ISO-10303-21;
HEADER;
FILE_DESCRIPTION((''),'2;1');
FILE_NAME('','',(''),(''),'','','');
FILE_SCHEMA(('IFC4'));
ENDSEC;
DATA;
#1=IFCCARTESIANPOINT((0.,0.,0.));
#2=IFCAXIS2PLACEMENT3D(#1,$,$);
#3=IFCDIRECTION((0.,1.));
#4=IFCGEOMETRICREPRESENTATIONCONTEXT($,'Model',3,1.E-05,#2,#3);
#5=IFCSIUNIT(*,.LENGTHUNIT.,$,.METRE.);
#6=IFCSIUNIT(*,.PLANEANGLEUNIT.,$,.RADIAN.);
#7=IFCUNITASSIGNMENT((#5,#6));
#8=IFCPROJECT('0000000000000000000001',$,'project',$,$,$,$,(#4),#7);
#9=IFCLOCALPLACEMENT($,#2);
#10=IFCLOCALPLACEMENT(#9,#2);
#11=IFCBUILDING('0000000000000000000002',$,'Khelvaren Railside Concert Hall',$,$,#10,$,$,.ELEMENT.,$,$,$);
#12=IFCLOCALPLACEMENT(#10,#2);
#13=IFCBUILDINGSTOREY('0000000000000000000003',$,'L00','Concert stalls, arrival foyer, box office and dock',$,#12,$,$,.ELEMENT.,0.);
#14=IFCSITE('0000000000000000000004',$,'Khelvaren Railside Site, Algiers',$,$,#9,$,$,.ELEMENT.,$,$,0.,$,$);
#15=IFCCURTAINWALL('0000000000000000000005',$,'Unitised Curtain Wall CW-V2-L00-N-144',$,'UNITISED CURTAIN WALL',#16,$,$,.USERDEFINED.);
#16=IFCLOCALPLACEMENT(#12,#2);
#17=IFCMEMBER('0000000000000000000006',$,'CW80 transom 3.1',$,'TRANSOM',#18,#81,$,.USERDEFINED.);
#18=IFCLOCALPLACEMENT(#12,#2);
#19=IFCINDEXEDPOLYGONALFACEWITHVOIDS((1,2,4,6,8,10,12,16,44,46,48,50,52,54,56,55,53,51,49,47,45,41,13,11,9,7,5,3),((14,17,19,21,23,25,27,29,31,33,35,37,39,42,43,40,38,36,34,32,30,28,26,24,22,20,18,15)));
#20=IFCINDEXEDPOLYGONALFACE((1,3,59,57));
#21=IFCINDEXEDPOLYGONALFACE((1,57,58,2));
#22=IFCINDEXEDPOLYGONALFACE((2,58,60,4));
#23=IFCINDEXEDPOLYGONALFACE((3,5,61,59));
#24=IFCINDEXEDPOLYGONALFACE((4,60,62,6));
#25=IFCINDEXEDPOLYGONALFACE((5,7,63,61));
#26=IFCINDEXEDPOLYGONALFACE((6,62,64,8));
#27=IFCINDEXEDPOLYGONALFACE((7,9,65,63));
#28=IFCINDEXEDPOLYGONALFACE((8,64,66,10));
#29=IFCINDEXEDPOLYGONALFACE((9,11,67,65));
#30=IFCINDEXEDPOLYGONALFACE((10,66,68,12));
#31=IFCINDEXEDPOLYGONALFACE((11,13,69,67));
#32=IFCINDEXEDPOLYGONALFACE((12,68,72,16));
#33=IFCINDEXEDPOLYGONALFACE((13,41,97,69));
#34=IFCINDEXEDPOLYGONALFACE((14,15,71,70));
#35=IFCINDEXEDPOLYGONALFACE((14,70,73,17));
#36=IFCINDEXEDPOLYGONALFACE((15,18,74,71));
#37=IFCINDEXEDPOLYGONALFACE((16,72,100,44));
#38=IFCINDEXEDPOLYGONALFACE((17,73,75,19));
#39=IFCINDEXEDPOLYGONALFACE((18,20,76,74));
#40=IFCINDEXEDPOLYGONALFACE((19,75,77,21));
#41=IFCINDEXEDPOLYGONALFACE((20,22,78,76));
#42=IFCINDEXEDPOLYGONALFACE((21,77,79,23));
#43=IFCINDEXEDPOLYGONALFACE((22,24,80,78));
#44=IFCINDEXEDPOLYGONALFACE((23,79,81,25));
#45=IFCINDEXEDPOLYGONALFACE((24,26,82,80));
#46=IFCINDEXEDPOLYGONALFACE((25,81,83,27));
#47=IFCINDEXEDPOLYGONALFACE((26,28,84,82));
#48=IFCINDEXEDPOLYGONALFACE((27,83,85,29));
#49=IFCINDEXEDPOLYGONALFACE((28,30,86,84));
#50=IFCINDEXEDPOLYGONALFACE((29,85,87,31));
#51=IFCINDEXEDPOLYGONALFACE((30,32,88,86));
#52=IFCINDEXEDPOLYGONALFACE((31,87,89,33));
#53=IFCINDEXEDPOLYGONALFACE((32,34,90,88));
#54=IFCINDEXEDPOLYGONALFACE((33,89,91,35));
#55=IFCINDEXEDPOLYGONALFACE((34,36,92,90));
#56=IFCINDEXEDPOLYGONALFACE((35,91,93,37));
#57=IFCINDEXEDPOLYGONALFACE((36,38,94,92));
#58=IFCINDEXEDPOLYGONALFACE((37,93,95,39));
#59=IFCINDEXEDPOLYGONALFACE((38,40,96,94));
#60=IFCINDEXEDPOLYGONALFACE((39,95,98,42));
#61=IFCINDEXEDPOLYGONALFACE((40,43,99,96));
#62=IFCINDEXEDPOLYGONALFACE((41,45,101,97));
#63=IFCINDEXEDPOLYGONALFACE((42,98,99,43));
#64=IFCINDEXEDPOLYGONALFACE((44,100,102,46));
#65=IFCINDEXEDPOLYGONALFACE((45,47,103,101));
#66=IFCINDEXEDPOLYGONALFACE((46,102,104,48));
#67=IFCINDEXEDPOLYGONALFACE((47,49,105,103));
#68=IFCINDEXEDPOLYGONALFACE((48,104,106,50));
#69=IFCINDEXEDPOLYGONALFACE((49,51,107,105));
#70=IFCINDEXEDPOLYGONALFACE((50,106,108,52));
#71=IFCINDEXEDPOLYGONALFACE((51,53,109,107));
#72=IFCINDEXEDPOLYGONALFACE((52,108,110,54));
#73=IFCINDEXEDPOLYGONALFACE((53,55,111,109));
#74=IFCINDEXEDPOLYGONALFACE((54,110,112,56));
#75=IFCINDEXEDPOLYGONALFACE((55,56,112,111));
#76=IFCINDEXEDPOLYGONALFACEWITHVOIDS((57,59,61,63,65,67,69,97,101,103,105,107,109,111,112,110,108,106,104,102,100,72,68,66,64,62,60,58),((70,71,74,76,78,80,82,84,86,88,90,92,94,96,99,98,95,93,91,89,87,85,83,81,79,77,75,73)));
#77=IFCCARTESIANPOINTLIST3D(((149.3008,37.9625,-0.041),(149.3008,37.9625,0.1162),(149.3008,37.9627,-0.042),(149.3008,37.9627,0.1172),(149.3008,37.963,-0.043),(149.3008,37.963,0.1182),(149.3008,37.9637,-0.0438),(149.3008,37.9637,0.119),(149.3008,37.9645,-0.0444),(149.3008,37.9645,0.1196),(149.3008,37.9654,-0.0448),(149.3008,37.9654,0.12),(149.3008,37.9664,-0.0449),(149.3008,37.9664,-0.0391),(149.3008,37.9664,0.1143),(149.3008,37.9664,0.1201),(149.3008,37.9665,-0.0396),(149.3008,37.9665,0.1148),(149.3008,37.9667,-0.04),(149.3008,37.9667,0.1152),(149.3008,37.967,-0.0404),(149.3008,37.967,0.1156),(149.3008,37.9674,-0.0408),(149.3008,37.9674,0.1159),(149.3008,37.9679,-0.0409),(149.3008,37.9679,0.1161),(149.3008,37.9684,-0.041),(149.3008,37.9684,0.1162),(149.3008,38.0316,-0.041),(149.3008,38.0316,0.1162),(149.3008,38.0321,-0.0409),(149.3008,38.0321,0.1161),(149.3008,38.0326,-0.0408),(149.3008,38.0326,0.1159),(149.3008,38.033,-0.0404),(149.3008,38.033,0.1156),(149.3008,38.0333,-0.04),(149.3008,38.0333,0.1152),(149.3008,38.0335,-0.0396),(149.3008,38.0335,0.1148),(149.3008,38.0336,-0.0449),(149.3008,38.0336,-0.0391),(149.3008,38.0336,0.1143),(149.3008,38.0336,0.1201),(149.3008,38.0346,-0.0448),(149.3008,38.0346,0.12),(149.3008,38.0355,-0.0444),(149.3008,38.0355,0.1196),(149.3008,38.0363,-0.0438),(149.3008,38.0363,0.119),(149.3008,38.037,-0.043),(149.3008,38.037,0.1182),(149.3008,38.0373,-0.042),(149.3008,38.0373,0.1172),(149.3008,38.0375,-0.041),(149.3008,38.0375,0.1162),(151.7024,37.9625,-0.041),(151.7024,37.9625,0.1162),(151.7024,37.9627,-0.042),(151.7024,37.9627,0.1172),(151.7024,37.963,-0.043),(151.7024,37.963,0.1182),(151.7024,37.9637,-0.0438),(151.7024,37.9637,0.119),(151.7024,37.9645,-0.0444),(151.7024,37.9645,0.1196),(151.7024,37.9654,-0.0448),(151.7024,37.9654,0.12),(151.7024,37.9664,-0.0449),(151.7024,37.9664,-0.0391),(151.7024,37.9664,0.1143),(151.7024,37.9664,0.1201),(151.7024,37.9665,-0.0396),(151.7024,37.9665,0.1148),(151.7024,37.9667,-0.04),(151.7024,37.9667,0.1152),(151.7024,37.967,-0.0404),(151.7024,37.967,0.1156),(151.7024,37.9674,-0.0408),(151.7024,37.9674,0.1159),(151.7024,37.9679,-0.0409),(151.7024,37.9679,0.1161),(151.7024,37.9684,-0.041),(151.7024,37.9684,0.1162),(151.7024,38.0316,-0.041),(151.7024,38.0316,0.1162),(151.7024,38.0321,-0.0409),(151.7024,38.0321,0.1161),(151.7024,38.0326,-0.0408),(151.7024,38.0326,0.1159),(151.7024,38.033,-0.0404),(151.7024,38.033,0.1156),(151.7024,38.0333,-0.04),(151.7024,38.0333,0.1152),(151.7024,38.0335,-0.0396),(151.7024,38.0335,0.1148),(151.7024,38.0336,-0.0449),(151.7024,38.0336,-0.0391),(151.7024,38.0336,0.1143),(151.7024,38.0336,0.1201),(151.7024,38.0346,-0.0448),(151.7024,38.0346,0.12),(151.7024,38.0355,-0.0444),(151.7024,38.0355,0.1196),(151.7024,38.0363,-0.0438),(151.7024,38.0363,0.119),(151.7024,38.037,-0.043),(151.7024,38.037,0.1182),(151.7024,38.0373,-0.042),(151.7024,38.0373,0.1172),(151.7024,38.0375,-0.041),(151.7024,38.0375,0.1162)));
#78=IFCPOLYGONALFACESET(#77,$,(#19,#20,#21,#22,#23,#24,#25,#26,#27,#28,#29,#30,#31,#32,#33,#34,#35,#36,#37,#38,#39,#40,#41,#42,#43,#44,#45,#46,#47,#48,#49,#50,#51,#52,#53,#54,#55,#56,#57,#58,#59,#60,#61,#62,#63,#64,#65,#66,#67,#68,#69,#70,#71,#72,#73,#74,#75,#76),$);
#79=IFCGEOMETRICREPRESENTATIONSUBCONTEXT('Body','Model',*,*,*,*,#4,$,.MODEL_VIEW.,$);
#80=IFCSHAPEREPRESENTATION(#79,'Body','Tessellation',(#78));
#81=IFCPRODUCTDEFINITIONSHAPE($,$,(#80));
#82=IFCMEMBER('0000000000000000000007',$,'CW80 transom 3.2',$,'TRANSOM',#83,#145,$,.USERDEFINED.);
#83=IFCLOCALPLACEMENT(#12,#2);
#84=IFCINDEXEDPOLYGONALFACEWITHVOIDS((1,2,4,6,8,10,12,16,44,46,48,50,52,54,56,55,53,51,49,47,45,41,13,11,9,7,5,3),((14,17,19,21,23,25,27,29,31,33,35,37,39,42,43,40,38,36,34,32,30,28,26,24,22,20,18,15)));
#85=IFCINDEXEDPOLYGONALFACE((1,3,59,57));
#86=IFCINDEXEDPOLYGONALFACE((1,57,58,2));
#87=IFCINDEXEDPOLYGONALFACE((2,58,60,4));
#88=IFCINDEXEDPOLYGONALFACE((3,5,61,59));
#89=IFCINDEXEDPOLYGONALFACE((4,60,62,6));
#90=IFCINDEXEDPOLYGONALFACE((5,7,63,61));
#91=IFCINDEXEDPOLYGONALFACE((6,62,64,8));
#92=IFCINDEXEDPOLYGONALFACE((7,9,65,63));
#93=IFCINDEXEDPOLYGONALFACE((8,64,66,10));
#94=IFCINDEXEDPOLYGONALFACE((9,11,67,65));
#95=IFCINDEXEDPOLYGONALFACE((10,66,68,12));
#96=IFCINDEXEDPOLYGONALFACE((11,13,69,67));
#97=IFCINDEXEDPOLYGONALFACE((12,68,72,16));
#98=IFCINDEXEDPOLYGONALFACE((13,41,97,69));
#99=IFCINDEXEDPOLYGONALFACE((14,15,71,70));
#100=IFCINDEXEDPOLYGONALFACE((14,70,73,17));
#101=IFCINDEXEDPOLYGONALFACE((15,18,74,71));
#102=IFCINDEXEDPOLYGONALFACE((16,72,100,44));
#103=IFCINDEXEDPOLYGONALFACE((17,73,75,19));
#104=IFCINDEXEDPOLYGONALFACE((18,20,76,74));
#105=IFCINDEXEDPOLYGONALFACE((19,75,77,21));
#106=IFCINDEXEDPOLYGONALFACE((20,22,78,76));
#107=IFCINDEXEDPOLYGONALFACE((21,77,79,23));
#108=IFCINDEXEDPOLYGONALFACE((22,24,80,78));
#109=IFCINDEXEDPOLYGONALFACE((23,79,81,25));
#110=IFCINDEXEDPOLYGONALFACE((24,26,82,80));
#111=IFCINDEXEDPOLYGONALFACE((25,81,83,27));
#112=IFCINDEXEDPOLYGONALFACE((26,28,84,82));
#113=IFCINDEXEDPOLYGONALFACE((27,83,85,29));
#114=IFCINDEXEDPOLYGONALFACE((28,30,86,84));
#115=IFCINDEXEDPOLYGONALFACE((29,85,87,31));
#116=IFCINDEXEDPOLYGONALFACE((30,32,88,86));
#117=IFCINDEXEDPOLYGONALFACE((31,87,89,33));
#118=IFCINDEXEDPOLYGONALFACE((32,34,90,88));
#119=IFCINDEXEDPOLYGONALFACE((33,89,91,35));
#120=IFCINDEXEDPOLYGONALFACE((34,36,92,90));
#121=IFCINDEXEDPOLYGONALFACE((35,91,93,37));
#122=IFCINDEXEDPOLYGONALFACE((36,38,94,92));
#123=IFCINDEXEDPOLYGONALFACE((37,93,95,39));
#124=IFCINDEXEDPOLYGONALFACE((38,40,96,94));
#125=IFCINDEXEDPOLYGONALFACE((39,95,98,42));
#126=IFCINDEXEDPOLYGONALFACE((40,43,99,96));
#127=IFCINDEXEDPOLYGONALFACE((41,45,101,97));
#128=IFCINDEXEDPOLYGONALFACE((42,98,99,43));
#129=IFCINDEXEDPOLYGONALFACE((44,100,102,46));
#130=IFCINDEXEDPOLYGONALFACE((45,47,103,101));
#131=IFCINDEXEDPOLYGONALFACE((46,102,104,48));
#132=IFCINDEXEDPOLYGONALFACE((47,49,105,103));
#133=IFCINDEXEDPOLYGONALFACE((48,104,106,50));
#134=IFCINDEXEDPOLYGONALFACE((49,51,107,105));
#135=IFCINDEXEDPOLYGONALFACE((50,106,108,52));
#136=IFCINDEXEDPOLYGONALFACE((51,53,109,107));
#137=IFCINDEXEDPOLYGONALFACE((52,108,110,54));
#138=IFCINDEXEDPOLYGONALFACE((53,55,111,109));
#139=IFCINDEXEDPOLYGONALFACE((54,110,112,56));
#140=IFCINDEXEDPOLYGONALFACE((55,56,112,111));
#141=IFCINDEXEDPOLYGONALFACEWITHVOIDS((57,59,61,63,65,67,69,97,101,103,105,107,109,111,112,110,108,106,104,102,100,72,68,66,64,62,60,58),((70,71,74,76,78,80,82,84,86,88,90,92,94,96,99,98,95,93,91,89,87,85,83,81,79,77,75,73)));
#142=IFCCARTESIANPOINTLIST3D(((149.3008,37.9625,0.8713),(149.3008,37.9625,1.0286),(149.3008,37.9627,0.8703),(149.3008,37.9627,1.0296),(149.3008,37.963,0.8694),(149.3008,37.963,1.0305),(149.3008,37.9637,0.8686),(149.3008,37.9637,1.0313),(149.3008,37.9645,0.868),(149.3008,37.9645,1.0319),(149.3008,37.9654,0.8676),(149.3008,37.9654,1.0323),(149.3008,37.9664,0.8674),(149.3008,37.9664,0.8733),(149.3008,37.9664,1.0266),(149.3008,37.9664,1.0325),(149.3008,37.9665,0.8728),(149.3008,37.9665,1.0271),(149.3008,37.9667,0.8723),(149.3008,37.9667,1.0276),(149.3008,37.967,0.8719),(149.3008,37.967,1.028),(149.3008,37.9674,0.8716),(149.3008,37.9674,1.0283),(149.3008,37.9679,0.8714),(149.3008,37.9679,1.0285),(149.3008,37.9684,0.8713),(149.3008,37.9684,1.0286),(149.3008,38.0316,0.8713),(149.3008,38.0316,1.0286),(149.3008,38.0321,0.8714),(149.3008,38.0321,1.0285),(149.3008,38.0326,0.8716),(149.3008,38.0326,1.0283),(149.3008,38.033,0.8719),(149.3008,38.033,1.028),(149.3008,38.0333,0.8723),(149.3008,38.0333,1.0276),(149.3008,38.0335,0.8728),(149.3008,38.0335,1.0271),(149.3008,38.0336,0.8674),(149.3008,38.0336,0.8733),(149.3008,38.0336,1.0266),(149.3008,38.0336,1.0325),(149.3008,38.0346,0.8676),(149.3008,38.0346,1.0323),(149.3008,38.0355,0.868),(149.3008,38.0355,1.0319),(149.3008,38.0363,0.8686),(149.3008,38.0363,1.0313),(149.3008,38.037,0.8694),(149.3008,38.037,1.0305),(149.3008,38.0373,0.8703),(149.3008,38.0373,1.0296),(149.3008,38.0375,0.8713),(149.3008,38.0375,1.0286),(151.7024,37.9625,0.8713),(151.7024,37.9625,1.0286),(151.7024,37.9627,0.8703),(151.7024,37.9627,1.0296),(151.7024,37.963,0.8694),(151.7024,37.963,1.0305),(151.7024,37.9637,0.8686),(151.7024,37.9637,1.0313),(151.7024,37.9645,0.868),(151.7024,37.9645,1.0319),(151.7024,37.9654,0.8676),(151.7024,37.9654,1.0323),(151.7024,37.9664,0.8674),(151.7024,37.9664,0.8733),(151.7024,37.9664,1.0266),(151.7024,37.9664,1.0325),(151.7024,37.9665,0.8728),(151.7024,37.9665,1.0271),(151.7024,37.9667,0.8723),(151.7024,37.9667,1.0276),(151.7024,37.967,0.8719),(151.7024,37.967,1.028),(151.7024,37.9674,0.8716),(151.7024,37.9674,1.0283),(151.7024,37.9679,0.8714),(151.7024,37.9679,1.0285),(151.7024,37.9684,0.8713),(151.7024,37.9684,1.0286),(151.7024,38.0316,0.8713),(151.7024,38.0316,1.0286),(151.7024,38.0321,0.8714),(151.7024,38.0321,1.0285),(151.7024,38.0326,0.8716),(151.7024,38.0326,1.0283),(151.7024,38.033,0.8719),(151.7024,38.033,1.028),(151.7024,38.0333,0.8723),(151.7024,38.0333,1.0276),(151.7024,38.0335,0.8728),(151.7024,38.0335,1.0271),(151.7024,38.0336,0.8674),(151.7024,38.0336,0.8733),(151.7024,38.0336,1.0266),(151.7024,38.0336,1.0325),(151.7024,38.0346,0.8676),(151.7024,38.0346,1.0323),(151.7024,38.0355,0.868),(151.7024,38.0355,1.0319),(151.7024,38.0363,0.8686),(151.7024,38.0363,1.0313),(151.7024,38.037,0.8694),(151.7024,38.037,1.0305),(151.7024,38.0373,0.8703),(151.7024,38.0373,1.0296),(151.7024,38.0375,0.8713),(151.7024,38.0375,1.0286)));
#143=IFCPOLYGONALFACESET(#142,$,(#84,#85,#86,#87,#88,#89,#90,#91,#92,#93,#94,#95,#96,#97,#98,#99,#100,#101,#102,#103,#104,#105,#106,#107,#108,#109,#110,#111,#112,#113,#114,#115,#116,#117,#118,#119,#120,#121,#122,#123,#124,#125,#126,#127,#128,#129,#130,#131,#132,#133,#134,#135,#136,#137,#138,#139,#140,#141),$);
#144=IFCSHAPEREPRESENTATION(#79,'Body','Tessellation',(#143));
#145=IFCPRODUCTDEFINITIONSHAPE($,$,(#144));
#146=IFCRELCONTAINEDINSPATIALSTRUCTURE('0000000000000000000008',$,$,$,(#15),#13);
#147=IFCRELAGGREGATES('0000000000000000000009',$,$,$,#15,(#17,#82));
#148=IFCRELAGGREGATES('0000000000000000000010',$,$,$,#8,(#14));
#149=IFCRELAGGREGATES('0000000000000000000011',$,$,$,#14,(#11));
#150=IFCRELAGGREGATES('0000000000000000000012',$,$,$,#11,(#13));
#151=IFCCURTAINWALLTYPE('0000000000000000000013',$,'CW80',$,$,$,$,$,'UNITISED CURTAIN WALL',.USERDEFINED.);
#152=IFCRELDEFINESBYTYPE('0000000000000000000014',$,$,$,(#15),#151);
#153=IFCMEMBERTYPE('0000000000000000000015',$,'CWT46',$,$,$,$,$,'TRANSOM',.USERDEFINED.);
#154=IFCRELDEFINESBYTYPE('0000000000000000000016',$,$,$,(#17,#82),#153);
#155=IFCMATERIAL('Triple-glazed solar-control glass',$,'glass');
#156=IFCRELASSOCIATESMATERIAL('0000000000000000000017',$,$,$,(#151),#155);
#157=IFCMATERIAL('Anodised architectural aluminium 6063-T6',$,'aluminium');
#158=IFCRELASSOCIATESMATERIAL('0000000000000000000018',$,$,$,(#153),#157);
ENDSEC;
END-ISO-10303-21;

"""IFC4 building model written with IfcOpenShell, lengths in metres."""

from ifc_helpers import new_model, si_unit, direction, frame, origin, origin_2d, place, context, subcontext, project, spatial, hollow_rectangle, extrude, material, material_profile, profile_set, type_object, element, aggregate, save


model = new_model("IFC4")

# Units and contexts
model_context = context("Model", 3, precision=1e-05, world=origin(), true_north=direction((0.0, 1.0)))
body_context = subcontext(model_context, "Body", "Model", "MODEL_VIEW")
ifc_project = project(units=[si_unit("LENGTHUNIT", "METRE"), si_unit("PLANEANGLEUNIT", "RADIAN")], contexts=[model_context])

# Site, building, storey
site_placement = place(None, origin())
site = spatial("IfcSite", under=ifc_project, at=site_placement, Name="Khelvaren Railside Site, Algiers", CompositionType="ELEMENT", RefElevation=0.0)
building_placement = place(site_placement, origin())
building = spatial("IfcBuilding", under=site, at=building_placement, Name="Khelvaren Railside Concert Hall", CompositionType="ELEMENT")
storey_placement = place(building_placement, origin())
storey = spatial("IfcBuildingStorey", under=building, at=storey_placement, Name="L00", Description="Concert stalls, arrival foyer, box office and dock", CompositionType="ELEMENT", Elevation=0.0)

# Curtain wall
ifc_material_1 = material(Name="Triple-glazed solar-control glass", Category="glass")
curtain_wall_type_1 = type_object("IfcCurtainWallType", Name="CW80", ElementType="UNITISED CURTAIN WALL", PredefinedType="USERDEFINED", material=ifc_material_1)
curtain_wall_1_placement = place(storey_placement, origin())
curtain_wall_1 = element("IfcCurtainWall", 1, at=curtain_wall_1_placement, inside=storey, type_object=curtain_wall_type_1, Name="Unitised Curtain Wall CW-V2-L00-N-144", ObjectType="UNITISED CURTAIN WALL", PredefinedType="USERDEFINED")
ifc_material_2 = material(Name="Anodised architectural aluminium 6063-T6", Category="aluminium")

# Members
ifc_material_profile_1 = material_profile(ifc_material_2, hollow_rectangle(XDim=0.075, YDim=0.165, WallThickness=0.0039, InnerFilletRadius=0.002, OuterFilletRadius=0.0039, at=origin_2d()), Name="CWT 75x165x4")
ifc_profile_set_1 = profile_set([ifc_material_profile_1], Name="Anodised architectural aluminium 6063-T6")
member_type_1 = type_object("IfcMemberType", Name="CWT46", ElementType="TRANSOM", PredefinedType="USERDEFINED", material=ifc_profile_set_1)
member_1_placement = place(storey_placement, frame((149.3008, 38.0, 0.0376), z_axis=(1.0, 0.0, 0.0), x_axis=(0.0, 1.0, 0.0)))
member_1 = element("IfcMember", 2, at=member_1_placement, type_object=member_type_1, Name="CW80 transom 3.1", ObjectType="TRANSOM", PredefinedType="USERDEFINED", context=body_context, shape_type="SweptSolid", body=[
    extrude(hollow_rectangle(XDim=0.075, YDim=0.165, WallThickness=0.0039, InnerFilletRadius=0.002, OuterFilletRadius=0.0039, at=origin_2d()), origin(), (0.0, 0.0, 1.0), 2.4016),
])
member_2_placement = place(storey_placement, frame((149.3008, 38.0, 0.95), z_axis=(1.0, 0.0, 0.0), x_axis=(0.0, 1.0, 0.0)))
member_2 = element("IfcMember", 3, at=member_2_placement, type_object=member_type_1, Name="CW80 transom 3.2", ObjectType="TRANSOM", PredefinedType="USERDEFINED", context=body_context, shape_type="SweptSolid", body=[
    extrude(hollow_rectangle(XDim=0.075, YDim=0.165, WallThickness=0.0039, InnerFilletRadius=0.002, OuterFilletRadius=0.0039, at=origin_2d()), origin(), (0.0, 0.0, 1.0), 2.4016),
])

aggregate(curtain_wall_1, [member_1, member_2])

save(model, "model.ifc")
